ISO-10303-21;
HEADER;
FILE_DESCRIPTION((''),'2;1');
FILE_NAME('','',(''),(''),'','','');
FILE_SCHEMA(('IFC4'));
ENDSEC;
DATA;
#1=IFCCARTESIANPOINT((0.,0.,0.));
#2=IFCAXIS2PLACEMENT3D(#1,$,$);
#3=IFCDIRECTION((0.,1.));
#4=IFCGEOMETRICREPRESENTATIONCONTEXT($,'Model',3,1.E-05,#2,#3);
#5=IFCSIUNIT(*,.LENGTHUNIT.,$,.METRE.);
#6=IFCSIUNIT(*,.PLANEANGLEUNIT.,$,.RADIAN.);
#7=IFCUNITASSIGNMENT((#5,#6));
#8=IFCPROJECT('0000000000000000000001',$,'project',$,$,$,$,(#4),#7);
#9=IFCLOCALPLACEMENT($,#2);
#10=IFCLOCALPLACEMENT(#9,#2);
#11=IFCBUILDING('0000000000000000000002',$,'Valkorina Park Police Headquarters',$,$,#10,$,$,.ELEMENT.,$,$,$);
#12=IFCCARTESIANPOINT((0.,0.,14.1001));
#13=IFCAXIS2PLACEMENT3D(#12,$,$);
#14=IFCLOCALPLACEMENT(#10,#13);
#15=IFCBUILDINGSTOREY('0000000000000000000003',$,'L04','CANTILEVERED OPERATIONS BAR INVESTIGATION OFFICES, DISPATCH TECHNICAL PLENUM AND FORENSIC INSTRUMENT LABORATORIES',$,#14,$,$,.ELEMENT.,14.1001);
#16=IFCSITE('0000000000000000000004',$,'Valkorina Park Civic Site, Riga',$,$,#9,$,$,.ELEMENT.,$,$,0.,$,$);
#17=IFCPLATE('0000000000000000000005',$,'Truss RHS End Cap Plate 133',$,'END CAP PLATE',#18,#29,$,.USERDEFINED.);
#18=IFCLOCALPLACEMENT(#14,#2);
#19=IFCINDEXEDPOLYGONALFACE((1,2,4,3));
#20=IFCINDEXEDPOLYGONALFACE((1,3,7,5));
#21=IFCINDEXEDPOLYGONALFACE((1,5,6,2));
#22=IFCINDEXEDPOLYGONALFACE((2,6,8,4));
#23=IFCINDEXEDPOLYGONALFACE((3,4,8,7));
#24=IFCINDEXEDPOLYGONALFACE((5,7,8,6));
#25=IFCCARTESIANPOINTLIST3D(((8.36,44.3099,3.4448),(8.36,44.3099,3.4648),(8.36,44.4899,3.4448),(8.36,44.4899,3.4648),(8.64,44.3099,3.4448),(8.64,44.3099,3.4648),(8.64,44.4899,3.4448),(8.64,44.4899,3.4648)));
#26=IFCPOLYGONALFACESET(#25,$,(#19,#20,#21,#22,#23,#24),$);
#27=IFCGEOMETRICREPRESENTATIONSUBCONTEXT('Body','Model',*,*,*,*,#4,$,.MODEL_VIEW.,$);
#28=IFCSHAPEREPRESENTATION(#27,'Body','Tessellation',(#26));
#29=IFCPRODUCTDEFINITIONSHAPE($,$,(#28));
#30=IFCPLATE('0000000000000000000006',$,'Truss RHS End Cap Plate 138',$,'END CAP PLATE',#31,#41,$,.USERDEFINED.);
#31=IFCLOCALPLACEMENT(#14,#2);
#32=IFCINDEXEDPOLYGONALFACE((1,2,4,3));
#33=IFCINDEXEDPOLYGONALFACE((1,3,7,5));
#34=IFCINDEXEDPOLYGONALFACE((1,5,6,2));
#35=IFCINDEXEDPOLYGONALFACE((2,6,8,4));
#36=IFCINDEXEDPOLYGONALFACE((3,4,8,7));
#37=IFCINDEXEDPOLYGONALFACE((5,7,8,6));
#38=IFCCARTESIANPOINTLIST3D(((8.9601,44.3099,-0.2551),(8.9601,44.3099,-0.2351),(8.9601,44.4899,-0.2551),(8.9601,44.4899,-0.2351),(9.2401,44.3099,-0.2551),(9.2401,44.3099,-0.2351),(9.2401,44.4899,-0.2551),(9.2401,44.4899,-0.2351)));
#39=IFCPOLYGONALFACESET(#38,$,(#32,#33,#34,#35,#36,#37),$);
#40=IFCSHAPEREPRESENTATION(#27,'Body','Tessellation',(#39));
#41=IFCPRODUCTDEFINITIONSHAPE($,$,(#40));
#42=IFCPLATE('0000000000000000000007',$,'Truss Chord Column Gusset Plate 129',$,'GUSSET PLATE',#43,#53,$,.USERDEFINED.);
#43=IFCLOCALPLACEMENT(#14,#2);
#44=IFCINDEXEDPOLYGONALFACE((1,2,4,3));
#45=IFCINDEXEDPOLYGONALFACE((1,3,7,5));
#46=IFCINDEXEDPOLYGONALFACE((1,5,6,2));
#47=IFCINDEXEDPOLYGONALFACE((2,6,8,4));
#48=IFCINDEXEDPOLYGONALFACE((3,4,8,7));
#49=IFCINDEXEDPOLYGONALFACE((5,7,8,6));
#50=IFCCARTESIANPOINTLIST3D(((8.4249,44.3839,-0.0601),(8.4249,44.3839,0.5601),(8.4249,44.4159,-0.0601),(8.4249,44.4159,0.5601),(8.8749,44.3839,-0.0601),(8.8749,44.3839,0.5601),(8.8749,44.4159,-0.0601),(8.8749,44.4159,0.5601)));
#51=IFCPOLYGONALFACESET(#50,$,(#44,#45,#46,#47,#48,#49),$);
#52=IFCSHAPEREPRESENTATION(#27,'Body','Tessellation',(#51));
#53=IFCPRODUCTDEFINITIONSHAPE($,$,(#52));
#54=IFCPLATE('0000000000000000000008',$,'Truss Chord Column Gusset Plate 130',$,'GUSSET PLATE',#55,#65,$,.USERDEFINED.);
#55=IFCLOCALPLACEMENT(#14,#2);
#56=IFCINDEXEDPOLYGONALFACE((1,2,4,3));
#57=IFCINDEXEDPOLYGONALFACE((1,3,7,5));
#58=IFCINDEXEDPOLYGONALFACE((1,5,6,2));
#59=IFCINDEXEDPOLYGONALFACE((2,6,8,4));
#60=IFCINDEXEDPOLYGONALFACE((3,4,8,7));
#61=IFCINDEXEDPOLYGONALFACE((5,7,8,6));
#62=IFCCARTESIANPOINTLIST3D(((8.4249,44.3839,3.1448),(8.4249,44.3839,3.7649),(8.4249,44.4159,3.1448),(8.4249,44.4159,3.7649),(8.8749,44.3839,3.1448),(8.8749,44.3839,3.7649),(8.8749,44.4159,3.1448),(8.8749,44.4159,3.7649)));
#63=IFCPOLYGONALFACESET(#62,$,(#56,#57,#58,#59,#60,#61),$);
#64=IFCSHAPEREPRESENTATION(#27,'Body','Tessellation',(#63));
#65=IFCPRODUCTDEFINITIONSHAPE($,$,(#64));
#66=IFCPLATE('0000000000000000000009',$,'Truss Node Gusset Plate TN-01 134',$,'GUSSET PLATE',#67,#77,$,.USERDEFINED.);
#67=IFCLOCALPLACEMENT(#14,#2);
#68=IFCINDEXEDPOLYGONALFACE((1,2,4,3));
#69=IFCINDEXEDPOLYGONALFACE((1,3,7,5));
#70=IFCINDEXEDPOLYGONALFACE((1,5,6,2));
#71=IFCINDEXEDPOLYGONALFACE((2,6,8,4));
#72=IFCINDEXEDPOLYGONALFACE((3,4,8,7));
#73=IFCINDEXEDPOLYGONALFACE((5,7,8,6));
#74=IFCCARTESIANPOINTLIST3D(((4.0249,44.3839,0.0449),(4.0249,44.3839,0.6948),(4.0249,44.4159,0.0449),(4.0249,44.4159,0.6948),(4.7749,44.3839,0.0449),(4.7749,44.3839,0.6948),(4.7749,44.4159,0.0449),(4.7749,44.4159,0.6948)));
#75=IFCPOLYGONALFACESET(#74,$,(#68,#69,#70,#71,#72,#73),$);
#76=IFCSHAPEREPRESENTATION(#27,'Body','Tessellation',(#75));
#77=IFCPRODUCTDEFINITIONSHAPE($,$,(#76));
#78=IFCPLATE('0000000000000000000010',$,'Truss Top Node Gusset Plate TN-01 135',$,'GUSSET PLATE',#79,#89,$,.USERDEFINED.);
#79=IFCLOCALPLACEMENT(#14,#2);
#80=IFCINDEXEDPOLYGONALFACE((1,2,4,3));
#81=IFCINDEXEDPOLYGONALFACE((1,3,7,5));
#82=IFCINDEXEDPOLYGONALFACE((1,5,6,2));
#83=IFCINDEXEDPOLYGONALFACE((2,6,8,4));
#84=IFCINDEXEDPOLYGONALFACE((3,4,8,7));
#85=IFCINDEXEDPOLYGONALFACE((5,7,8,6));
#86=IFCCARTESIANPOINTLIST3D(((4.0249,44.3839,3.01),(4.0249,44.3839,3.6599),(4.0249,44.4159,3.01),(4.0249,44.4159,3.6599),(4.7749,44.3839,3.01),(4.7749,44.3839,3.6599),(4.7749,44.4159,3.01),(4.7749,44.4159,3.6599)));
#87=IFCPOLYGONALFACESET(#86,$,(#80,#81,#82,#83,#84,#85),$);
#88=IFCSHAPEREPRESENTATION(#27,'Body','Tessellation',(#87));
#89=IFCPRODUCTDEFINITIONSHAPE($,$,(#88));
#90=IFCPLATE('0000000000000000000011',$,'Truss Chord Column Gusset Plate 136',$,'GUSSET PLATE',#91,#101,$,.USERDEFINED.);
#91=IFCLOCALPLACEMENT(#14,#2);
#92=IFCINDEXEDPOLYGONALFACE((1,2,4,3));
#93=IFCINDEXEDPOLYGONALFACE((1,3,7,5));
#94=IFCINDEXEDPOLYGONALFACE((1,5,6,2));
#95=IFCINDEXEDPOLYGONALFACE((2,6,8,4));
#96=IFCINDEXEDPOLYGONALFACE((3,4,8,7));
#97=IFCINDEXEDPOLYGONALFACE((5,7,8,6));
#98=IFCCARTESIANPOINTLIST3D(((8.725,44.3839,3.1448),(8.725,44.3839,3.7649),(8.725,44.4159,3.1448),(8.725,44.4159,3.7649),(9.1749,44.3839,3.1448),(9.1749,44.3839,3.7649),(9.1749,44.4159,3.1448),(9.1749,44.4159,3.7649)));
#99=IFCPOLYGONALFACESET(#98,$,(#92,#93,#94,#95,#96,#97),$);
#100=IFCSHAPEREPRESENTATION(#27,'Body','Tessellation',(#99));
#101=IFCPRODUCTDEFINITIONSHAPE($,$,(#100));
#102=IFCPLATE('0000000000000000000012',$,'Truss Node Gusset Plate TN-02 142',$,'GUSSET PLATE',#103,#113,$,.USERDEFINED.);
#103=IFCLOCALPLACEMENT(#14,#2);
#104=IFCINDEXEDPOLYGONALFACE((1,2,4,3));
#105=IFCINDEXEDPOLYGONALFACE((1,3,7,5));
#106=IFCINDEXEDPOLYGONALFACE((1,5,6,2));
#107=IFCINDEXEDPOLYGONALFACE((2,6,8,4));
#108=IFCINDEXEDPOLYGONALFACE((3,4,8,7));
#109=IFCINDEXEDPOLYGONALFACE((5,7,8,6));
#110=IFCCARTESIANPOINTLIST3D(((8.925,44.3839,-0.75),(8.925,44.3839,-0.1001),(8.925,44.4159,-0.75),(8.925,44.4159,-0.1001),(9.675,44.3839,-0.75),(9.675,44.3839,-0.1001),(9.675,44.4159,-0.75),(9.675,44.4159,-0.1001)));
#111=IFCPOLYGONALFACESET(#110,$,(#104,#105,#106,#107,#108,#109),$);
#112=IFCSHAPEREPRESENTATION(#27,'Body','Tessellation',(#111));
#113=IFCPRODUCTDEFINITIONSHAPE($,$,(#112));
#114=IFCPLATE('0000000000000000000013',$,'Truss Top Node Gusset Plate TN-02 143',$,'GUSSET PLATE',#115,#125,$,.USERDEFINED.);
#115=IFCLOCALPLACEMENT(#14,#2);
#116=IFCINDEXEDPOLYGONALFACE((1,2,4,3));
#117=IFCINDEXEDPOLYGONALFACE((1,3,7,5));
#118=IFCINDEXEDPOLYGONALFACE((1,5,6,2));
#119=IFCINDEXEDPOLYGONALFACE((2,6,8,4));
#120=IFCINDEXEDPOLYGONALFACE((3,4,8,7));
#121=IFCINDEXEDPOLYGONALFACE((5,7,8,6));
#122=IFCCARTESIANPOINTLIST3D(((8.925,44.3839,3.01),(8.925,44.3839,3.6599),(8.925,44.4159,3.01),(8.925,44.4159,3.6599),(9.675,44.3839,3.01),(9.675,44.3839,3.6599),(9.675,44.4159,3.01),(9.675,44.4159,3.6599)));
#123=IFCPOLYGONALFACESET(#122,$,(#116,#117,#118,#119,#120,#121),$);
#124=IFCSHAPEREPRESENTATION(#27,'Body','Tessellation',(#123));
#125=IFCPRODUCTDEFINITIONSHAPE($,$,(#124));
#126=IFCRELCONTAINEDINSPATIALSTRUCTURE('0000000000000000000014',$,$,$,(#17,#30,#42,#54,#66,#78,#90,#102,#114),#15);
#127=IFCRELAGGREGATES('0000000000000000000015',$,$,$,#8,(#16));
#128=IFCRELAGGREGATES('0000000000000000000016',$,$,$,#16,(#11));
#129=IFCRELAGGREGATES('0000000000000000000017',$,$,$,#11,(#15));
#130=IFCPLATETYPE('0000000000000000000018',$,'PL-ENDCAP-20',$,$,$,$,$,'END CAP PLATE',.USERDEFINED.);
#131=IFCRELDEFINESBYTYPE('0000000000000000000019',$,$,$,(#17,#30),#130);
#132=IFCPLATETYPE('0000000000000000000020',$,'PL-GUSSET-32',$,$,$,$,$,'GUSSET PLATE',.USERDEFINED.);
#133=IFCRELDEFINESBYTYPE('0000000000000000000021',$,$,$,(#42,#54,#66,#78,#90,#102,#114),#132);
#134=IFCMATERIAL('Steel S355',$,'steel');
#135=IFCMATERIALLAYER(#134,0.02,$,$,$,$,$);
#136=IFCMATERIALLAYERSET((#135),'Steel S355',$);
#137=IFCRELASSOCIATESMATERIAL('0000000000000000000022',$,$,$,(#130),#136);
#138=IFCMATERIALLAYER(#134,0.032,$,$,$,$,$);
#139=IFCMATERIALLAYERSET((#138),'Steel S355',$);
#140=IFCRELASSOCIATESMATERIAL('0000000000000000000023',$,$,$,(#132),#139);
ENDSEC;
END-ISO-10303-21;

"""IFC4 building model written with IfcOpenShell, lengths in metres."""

from ifc_helpers import new_model, si_unit, direction, frame, origin, origin_2d, place, context, subcontext, project, spatial, rectangle, extrude, material, layer, layer_set, type_object, element, save


model = new_model("IFC4")

# Units and contexts
model_context = context("Model", 3, precision=1e-05, world=origin(), true_north=direction((0.0, 1.0)))
body_context = subcontext(model_context, "Body", "Model", "MODEL_VIEW")
ifc_project = project(units=[si_unit("LENGTHUNIT", "METRE"), si_unit("PLANEANGLEUNIT", "RADIAN")], contexts=[model_context])

# Site, building, storey
site_placement = place(None, origin())
site = spatial("IfcSite", under=ifc_project, at=site_placement, Name="Valkorina Park Civic Site, Riga", CompositionType="ELEMENT", RefElevation=0.0)
building_placement = place(site_placement, origin())
building = spatial("IfcBuilding", under=site, at=building_placement, Name="Valkorina Park Police Headquarters", CompositionType="ELEMENT")
storey_placement = place(building_placement, frame((0.0, 0.0, 14.1001)))
storey = spatial("IfcBuildingStorey", under=building, at=storey_placement, Name="L04", Description="CANTILEVERED OPERATIONS BAR INVESTIGATION OFFICES, DISPATCH TECHNICAL PLENUM AND FORENSIC INSTRUMENT LABORATORIES", CompositionType="ELEMENT", Elevation=14.1001)

# Shared definitions
ifc_material = material(Name="Steel S355", Category="steel")

# Plates
ifc_layer_1 = layer(ifc_material, 0.02)
ifc_layer_set_1 = layer_set([ifc_layer_1], Name="Steel S355")
plate_type_1 = type_object("IfcPlateType", Name="PL-ENDCAP-20", ElementType="END CAP PLATE", PredefinedType="USERDEFINED", material=ifc_layer_set_1)
for number, where, z_axis, x_axis, name in (
    (1, (8.5, 44.3999, 3.4448), (0.0, 0.0, 1.0), (1.0, 0.0, 0.0), "Truss RHS End Cap Plate 133"),
    (2, (9.1001, 44.3999, -0.2551), (0.0, 0.0, 1.0), (1.0, 0.0, 0.0), "Truss RHS End Cap Plate 138"),
):
    element("IfcPlate", number, at=place(storey_placement, frame(where, z_axis=z_axis, x_axis=x_axis)), inside=storey, type_object=plate_type_1, Name=name, ObjectType="END CAP PLATE", PredefinedType="USERDEFINED", context=body_context, shape_type="SweptSolid", body=[
        extrude(rectangle(XDim=0.28, YDim=0.1799, at=origin_2d()), origin(), (0.0, 0.0, 1.0), 0.02),
    ])
ifc_layer_2 = layer(ifc_material, 0.032)
ifc_layer_set_2 = layer_set([ifc_layer_2], Name="Steel S355")
plate_type_2 = type_object("IfcPlateType", Name="PL-GUSSET-32", ElementType="GUSSET PLATE", PredefinedType="USERDEFINED", material=ifc_layer_set_2)
for number, where, z_axis, x_axis, name in (
    (3, (8.6499, 44.3999, -0.0601), (0.0, 0.0, 1.0), (1.0, 0.0, 0.0), "Truss Chord Column Gusset Plate 129"),
    (4, (8.6499, 44.3999, 3.1448), (0.0, 0.0, 1.0), (1.0, 0.0, 0.0), "Truss Chord Column Gusset Plate 130"),
):
    element("IfcPlate", number, at=place(storey_placement, frame(where, z_axis=z_axis, x_axis=x_axis)), inside=storey, type_object=plate_type_2, Name=name, ObjectType="GUSSET PLATE", PredefinedType="USERDEFINED", context=body_context, shape_type="SweptSolid", body=[
        extrude(rectangle(XDim=0.45, YDim=0.032, at=origin_2d()), origin(), (0.0, 0.0, 1.0), 0.6201),
    ])
for number, where, z_axis, x_axis, name in (
    (5, (4.3999, 44.3999, 0.0449), (0.0, 0.0, 1.0), (1.0, 0.0, 0.0), "Truss Node Gusset Plate TN-01 134"),
    (6, (4.3999, 44.3999, 3.01), (0.0, 0.0, 1.0), (1.0, 0.0, 0.0), "Truss Top Node Gusset Plate TN-01 135"),
):
    element("IfcPlate", number, at=place(storey_placement, frame(where, z_axis=z_axis, x_axis=x_axis)), inside=storey, type_object=plate_type_2, Name=name, ObjectType="GUSSET PLATE", PredefinedType="USERDEFINED", context=body_context, shape_type="SweptSolid", body=[
        extrude(rectangle(XDim=0.75, YDim=0.032, at=origin_2d()), origin(), (0.0, 0.0, 1.0), 0.6499),
    ])
plate_placement = place(storey_placement, frame((8.95, 44.3999, 3.1448), z_axis=(0.0, 0.0, 1.0), x_axis=(1.0, 0.0, 0.0)))
element("IfcPlate", 7, at=plate_placement, inside=storey, type_object=plate_type_2, Name="Truss Chord Column Gusset Plate 136", ObjectType="GUSSET PLATE", PredefinedType="USERDEFINED", context=body_context, shape_type="SweptSolid", body=[
    extrude(rectangle(XDim=0.45, YDim=0.032, at=origin_2d()), origin(), (0.0, 0.0, 1.0), 0.6201),
])
for number, where, z_axis, x_axis, name in (
    (8, (9.3, 44.3999, -0.75), (0.0, 0.0, 1.0), (1.0, 0.0, 0.0), "Truss Node Gusset Plate TN-02 142"),
    (9, (9.3, 44.3999, 3.01), (0.0, 0.0, 1.0), (1.0, 0.0, 0.0), "Truss Top Node Gusset Plate TN-02 143"),
):
    element("IfcPlate", number, at=place(storey_placement, frame(where, z_axis=z_axis, x_axis=x_axis)), inside=storey, type_object=plate_type_2, Name=name, ObjectType="GUSSET PLATE", PredefinedType="USERDEFINED", context=body_context, shape_type="SweptSolid", body=[
        extrude(rectangle(XDim=0.75, YDim=0.032, at=origin_2d()), origin(), (0.0, 0.0, 1.0), 0.6499),
    ])

save(model, "model.ifc")
